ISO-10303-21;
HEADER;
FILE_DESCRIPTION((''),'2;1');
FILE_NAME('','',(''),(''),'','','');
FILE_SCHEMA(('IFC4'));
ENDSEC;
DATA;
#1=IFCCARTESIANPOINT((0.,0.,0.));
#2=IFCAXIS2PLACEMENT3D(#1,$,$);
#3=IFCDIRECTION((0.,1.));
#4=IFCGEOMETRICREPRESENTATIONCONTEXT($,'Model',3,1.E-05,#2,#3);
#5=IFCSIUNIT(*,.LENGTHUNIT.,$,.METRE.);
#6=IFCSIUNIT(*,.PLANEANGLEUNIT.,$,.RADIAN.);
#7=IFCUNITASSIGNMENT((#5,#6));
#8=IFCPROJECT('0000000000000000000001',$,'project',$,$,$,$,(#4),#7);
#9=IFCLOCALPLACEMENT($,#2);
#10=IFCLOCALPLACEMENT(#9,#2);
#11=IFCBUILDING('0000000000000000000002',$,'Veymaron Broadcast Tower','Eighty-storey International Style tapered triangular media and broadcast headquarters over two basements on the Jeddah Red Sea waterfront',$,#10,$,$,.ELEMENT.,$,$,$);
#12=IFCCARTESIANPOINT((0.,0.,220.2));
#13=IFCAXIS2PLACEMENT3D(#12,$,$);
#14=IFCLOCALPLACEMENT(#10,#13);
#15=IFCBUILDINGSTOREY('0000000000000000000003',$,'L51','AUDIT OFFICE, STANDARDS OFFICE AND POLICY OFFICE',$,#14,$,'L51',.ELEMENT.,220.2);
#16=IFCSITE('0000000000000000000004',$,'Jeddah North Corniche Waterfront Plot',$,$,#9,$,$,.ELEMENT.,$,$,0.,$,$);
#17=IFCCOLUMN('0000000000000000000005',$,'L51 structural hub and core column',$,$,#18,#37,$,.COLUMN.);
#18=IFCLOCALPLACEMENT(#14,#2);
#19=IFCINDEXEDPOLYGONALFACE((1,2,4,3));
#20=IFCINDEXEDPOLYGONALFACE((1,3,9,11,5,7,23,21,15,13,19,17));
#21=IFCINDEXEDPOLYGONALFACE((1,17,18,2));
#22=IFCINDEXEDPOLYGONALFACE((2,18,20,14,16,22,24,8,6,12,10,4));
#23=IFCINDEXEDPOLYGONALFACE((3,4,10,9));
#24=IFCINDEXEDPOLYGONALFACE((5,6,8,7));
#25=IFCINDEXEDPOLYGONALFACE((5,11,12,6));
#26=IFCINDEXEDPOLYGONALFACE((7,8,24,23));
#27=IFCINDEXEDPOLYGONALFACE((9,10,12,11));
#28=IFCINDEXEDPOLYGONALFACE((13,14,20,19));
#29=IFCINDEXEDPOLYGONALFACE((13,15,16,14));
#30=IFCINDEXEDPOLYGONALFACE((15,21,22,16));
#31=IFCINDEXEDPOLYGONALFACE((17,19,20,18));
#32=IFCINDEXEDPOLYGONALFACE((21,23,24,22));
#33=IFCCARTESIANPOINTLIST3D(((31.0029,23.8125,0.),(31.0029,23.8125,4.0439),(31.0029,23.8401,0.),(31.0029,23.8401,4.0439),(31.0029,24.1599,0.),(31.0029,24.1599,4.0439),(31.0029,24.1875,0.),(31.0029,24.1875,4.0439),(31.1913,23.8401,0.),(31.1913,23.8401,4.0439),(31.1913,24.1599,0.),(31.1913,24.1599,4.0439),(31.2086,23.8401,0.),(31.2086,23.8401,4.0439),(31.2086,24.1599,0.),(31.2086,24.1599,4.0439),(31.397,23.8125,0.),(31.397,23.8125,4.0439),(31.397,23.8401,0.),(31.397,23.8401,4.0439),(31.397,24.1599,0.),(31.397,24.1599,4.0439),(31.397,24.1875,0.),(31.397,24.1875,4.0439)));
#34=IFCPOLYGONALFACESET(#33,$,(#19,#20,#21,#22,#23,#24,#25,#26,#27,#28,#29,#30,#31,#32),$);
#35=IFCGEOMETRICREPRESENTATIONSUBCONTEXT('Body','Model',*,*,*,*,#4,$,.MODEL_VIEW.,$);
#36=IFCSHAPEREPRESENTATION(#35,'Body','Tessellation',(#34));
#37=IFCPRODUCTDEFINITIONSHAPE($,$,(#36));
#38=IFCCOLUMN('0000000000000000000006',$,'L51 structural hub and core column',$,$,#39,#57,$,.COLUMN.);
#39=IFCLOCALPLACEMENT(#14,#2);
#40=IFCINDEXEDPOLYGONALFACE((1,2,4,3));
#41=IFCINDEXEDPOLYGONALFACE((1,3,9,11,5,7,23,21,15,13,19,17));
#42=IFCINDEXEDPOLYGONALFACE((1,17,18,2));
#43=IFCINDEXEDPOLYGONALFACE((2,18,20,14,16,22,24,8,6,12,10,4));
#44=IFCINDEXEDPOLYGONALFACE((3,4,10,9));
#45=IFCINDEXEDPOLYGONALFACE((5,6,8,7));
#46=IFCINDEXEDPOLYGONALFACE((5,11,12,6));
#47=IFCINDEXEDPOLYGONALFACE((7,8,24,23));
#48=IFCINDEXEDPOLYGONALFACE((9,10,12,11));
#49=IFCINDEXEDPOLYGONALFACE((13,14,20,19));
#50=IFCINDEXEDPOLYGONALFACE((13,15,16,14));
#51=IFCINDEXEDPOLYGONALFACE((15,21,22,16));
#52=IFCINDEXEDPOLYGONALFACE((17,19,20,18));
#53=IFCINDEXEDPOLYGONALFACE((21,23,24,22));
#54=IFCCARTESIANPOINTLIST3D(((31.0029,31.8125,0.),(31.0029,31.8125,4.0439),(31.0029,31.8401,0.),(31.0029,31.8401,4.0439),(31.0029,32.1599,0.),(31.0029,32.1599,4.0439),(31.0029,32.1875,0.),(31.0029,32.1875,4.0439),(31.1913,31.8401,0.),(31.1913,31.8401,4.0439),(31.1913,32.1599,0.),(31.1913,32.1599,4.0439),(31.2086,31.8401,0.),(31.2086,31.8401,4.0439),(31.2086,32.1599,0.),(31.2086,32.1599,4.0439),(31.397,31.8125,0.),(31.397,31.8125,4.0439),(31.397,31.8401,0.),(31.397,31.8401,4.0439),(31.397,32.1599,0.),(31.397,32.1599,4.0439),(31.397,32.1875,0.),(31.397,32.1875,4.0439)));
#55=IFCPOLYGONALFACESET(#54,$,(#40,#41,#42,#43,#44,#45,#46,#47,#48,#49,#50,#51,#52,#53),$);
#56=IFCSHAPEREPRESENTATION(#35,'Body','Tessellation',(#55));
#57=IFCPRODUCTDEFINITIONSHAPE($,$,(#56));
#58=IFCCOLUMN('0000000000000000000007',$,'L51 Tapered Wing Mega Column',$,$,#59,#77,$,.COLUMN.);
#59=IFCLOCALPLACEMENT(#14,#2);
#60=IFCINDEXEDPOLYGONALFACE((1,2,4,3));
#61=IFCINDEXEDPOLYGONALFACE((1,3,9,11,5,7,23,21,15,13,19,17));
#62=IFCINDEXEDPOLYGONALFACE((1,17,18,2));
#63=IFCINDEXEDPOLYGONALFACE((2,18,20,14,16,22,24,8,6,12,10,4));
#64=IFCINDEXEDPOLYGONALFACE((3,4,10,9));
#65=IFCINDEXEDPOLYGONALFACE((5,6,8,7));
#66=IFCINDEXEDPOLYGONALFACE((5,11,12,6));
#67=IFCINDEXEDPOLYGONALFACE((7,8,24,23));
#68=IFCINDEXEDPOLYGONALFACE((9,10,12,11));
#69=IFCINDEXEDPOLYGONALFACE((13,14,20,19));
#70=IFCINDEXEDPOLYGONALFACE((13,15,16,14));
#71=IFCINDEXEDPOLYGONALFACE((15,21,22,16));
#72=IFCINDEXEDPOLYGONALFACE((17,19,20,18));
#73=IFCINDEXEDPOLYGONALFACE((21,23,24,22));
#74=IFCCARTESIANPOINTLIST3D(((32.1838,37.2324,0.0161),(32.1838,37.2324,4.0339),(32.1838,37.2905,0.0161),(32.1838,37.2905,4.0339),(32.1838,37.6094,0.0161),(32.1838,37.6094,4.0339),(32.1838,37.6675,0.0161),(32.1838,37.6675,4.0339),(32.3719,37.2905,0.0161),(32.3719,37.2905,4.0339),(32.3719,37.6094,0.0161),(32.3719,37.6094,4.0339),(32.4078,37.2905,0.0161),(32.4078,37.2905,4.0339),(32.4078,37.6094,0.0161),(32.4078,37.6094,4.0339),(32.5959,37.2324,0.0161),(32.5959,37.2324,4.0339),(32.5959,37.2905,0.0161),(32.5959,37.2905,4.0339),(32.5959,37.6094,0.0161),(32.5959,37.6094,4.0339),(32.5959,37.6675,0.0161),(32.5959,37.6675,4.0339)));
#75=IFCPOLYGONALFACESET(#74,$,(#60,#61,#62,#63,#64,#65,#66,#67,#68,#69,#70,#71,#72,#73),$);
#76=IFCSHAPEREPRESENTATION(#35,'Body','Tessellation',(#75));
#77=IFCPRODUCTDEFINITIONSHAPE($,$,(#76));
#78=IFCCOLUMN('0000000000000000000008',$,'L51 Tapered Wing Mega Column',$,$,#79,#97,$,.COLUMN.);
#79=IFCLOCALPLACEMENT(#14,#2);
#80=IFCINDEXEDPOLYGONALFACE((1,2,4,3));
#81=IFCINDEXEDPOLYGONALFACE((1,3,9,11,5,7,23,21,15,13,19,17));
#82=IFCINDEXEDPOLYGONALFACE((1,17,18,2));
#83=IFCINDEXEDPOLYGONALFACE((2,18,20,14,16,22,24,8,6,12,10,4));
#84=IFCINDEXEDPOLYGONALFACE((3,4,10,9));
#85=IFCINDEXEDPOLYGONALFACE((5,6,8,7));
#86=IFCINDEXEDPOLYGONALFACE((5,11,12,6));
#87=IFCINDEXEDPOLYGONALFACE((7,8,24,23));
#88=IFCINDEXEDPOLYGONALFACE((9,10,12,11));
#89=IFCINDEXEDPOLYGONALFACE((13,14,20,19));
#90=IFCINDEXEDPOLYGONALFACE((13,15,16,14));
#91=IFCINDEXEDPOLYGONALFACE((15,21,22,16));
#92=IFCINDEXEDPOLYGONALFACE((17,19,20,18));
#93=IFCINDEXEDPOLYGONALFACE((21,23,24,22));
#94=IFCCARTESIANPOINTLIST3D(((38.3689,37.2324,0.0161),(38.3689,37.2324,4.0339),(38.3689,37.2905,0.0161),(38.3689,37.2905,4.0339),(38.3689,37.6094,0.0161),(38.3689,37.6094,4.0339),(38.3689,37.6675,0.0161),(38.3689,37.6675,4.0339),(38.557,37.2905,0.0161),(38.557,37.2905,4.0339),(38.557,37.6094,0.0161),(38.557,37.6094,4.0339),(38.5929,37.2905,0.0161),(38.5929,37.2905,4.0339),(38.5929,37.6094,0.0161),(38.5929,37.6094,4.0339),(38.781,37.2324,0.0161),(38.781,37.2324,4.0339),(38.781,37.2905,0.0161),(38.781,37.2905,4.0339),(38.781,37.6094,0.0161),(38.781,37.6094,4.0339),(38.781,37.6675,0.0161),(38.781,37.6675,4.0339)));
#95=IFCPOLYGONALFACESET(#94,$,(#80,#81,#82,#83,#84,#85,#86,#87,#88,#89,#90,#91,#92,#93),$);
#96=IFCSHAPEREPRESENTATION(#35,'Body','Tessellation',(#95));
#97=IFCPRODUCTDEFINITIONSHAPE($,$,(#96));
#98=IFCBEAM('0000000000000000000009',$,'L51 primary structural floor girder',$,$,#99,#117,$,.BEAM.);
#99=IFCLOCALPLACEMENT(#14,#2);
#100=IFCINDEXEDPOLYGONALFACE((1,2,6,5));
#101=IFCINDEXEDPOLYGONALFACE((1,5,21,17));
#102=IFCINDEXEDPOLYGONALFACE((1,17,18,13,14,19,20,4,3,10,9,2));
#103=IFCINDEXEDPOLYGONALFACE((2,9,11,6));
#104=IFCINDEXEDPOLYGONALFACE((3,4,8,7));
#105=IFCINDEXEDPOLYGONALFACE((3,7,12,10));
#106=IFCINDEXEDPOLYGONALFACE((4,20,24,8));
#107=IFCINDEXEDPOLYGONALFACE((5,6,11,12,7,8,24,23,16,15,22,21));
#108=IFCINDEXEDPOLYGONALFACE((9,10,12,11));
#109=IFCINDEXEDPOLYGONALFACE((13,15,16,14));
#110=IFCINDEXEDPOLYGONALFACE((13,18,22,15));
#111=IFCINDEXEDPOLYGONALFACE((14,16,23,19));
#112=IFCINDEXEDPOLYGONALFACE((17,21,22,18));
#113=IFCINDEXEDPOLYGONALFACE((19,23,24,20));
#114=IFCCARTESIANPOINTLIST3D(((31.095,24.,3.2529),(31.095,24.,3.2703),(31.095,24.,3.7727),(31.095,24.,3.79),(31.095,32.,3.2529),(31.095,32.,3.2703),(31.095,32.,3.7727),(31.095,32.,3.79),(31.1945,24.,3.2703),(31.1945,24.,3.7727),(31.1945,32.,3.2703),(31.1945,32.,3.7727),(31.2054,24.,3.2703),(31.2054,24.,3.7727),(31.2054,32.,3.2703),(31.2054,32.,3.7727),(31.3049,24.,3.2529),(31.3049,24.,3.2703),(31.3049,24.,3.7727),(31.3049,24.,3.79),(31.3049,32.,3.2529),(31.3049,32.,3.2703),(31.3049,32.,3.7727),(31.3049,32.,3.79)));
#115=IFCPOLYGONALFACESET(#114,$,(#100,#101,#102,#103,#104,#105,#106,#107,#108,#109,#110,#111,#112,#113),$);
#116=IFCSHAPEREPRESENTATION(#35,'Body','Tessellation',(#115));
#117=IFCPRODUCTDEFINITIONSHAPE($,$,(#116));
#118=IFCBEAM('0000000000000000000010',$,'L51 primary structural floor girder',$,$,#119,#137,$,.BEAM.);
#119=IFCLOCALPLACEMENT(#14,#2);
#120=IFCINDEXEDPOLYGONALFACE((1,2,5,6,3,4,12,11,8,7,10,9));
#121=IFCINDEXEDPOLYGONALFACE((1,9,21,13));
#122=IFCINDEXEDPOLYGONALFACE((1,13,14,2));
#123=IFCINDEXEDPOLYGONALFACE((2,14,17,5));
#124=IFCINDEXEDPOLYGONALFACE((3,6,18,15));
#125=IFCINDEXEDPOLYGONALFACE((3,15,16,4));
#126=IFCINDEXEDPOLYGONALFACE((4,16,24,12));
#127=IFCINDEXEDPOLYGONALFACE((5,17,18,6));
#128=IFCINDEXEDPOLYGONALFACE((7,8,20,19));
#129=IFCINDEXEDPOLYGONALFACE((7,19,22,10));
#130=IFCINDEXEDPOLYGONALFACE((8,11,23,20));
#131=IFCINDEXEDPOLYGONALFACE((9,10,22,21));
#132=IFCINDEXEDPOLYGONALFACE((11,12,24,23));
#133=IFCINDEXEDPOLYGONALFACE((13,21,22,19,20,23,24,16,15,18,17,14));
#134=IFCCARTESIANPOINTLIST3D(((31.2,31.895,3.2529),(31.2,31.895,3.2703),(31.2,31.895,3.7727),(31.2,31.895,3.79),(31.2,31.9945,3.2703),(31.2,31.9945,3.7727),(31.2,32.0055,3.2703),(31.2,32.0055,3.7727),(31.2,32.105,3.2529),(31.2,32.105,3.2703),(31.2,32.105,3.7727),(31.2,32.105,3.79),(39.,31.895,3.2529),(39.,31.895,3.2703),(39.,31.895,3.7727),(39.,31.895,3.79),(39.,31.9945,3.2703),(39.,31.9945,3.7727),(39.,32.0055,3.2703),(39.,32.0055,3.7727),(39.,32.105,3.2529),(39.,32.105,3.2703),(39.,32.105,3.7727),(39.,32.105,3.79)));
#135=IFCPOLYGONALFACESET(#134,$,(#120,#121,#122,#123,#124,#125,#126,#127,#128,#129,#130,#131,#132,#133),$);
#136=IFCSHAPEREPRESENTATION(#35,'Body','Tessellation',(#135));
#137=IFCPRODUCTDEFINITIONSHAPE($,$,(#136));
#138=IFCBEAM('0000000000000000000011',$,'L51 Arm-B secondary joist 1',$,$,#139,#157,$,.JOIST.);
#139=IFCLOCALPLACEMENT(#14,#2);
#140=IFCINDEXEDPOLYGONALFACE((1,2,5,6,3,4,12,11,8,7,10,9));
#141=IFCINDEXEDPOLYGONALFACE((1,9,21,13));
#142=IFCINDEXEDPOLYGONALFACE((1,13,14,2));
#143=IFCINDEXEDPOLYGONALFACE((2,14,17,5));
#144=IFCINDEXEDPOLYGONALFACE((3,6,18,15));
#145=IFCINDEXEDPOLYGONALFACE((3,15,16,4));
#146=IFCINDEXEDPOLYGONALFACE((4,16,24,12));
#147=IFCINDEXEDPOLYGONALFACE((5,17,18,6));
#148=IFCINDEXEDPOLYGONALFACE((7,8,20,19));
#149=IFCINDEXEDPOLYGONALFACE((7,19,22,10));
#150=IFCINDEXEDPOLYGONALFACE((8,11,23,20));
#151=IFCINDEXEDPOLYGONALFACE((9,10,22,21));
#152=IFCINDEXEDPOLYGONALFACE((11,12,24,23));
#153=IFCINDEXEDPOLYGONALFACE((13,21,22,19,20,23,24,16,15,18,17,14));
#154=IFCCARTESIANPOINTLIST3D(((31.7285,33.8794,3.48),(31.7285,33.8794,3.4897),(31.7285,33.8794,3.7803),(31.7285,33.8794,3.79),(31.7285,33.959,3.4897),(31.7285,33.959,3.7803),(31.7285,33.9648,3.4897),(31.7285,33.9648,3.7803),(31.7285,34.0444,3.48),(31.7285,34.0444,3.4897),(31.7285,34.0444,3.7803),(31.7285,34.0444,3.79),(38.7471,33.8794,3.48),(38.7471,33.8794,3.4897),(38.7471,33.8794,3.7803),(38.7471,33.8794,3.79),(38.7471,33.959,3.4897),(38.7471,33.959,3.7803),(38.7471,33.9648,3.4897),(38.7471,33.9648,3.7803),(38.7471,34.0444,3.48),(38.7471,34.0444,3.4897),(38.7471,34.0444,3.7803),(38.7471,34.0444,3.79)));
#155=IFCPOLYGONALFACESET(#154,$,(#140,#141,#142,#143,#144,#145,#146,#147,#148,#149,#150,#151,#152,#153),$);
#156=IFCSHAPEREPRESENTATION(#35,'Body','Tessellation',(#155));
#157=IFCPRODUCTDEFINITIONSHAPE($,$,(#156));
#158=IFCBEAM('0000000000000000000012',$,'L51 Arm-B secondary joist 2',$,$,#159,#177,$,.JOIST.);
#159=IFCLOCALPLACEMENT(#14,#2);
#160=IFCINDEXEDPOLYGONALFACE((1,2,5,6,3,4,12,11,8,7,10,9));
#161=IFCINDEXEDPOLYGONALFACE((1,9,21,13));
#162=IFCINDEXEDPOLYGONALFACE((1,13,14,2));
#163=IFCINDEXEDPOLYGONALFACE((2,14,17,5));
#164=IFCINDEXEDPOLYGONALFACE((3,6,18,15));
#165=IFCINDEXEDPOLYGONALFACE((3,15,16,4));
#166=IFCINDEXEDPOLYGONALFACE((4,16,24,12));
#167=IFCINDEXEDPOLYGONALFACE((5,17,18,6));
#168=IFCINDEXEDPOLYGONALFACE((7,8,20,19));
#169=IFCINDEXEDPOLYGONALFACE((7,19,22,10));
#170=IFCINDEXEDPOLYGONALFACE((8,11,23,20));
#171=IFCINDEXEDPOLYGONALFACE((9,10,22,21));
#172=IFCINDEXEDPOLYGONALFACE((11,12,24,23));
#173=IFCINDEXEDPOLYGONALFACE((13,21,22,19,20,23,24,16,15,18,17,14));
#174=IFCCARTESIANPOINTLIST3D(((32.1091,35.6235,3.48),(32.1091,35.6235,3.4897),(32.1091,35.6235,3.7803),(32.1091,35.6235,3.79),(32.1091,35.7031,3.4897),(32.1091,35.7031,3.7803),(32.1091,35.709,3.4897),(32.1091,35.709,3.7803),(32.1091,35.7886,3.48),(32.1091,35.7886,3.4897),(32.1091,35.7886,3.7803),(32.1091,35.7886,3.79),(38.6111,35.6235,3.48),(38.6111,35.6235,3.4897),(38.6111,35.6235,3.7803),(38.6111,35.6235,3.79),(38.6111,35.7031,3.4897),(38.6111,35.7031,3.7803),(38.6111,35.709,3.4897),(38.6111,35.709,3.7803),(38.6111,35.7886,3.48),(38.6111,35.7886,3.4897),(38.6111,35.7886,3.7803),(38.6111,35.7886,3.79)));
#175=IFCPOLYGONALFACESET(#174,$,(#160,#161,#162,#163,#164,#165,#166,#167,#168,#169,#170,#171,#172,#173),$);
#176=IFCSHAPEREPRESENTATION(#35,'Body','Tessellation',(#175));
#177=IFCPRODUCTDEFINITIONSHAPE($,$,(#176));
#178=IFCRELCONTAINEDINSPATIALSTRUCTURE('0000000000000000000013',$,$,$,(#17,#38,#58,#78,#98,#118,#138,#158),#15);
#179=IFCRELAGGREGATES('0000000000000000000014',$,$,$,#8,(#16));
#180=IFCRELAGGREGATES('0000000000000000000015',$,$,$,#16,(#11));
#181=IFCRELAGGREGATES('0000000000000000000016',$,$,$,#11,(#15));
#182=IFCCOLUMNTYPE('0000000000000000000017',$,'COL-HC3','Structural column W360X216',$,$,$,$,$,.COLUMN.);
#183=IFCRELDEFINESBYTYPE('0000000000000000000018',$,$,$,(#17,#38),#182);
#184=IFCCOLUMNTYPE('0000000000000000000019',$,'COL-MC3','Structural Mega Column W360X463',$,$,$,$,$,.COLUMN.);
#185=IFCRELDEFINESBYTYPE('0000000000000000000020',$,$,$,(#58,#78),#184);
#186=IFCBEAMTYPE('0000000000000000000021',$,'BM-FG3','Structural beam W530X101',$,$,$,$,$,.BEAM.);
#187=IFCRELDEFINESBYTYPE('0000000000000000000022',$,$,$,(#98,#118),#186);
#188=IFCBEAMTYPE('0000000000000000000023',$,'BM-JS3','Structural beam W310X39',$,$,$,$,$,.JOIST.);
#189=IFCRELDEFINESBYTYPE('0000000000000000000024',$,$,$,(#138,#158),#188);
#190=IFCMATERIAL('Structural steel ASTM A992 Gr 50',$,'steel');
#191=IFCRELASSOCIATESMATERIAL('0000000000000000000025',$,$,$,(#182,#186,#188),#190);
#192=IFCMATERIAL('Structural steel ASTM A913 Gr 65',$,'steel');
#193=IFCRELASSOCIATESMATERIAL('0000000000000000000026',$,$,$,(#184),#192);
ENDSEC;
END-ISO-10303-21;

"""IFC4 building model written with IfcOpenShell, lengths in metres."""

from ifc_helpers import new_model, si_unit, direction, frame, origin, origin_2d, place, context, subcontext, project, spatial, i_section, extrude, material, material_profile, profile_set, type_object, element, save


model = new_model("IFC4")

# Units and contexts
model_context = context("Model", 3, precision=1e-05, world=origin(), true_north=direction((0.0, 1.0)))
body_context = subcontext(model_context, "Body", "Model", "MODEL_VIEW")
ifc_project = project(units=[si_unit("LENGTHUNIT", "METRE"), si_unit("PLANEANGLEUNIT", "RADIAN")], contexts=[model_context])

# Site, building, storey
site_placement = place(None, origin())
site = spatial("IfcSite", under=ifc_project, at=site_placement, Name="Jeddah North Corniche Waterfront Plot", CompositionType="ELEMENT", RefElevation=0.0)
building_placement = place(site_placement, origin())
building = spatial("IfcBuilding", under=site, at=building_placement, Name="Veymaron Broadcast Tower", Description="Eighty-storey International Style tapered triangular media and broadcast headquarters over two basements on the Jeddah Red Sea waterfront", CompositionType="ELEMENT")
storey_placement = place(building_placement, frame((0.0, 0.0, 220.2)))
storey = spatial("IfcBuildingStorey", under=building, at=storey_placement, Name="L51", Description="AUDIT OFFICE, STANDARDS OFFICE AND POLICY OFFICE", LongName="L51", CompositionType="ELEMENT", Elevation=220.2)

# Columns
ifc_material_1 = material(Name="Structural steel ASTM A992 Gr 50", Category="steel")
ifc_material_profile_1 = material_profile(ifc_material_1, i_section(OverallWidth=0.394, OverallDepth=0.375, WebThickness=0.0173, FlangeThickness=0.0276, at=origin_2d()), Name="W360X216")
ifc_profile_set_1 = profile_set([ifc_material_profile_1], Name="Structural steel ASTM A992 Gr 50")
column_type_1 = type_object("IfcColumnType", Name="COL-HC3", Description="Structural column W360X216", PredefinedType="COLUMN", material=ifc_profile_set_1)
for number, where, z_axis, x_axis, name in (
    (1, (31.2, 24.0, 0.0), (0.0, 0.0, 1.0), (1.0, 0.0, 0.0), "L51 structural hub and core column"),
    (2, (31.2, 32.0, 0.0), (0.0, 0.0, 1.0), (1.0, 0.0, 0.0), "L51 structural hub and core column"),
):
    element("IfcColumn", number, at=place(storey_placement, frame(where, z_axis=z_axis, x_axis=x_axis)), inside=storey, type_object=column_type_1, Name=name, PredefinedType="COLUMN", context=body_context, shape_type="SweptSolid", body=[
        extrude(i_section(OverallWidth=0.394, OverallDepth=0.375, WebThickness=0.0173, FlangeThickness=0.0276, at=origin_2d()), origin(), (0.0, 0.0, 1.0), 4.0439),
    ])
ifc_material_2 = material(Name="Structural steel ASTM A913 Gr 65", Category="steel")
ifc_material_profile_2 = material_profile(ifc_material_2, i_section(OverallWidth=0.4121, OverallDepth=0.4351, WebThickness=0.0359, FlangeThickness=0.0581, at=origin_2d()), Name="W360X463")
ifc_profile_set_2 = profile_set([ifc_material_profile_2], Name="Structural steel ASTM A913 Gr 65")
column_type_2 = type_object("IfcColumnType", Name="COL-MC3", Description="Structural Mega Column W360X463", PredefinedType="COLUMN", material=ifc_profile_set_2)
for number, where, z_axis, x_axis, name in (
    (3, (32.3899, 37.45, 0.0161), (0.0, 0.0, 1.0), (1.0, 0.0, 0.0), "L51 Tapered Wing Mega Column"),
    (4, (38.575, 37.45, 0.0161), (0.0, 0.0, 1.0), (1.0, 0.0, 0.0), "L51 Tapered Wing Mega Column"),
):
    element("IfcColumn", number, at=place(storey_placement, frame(where, z_axis=z_axis, x_axis=x_axis)), inside=storey, type_object=column_type_2, Name=name, PredefinedType="COLUMN", context=body_context, shape_type="SweptSolid", body=[
        extrude(i_section(OverallWidth=0.4121, OverallDepth=0.4351, WebThickness=0.0359, FlangeThickness=0.0581, at=origin_2d()), origin(), (0.0, 0.0, 1.0), 4.0178),
    ])

# Beams
ifc_material_profile_3 = material_profile(ifc_material_1, i_section(OverallWidth=0.21, OverallDepth=0.5371, WebThickness=0.011, FlangeThickness=0.0173, at=origin_2d()), Name="W530X101")
ifc_profile_set_3 = profile_set([ifc_material_profile_3], Name="Structural steel ASTM A992 Gr 50")
beam_type_1 = type_object("IfcBeamType", Name="BM-FG3", Description="Structural beam W530X101", PredefinedType="BEAM", material=ifc_profile_set_3)
beam_1_placement = place(storey_placement, frame((31.2, 24.0, 3.5215), z_axis=(0.0, 1.0, 0.0), x_axis=(-1.0, 0.0, 0.0)))
element("IfcBeam", 5, at=beam_1_placement, inside=storey, type_object=beam_type_1, Name="L51 primary structural floor girder", PredefinedType="BEAM", context=body_context, shape_type="SweptSolid", body=[
    extrude(i_section(OverallWidth=0.21, OverallDepth=0.5371, WebThickness=0.011, FlangeThickness=0.0173, at=origin_2d()), origin(), (0.0, 0.0, 1.0), 8.0),
])
beam_2_placement = place(storey_placement, frame((31.2, 32.0, 3.5215), z_axis=(1.0, 0.0, 0.0), x_axis=(0.0, 1.0, 0.0)))
element("IfcBeam", 6, at=beam_2_placement, inside=storey, type_object=beam_type_1, Name="L51 primary structural floor girder", PredefinedType="BEAM", context=body_context, shape_type="SweptSolid", body=[
    extrude(i_section(OverallWidth=0.21, OverallDepth=0.5371, WebThickness=0.011, FlangeThickness=0.0173, at=origin_2d()), origin(), (0.0, 0.0, 1.0), 7.8),
])
ifc_material_profile_4 = material_profile(ifc_material_1, i_section(OverallWidth=0.165, OverallDepth=0.3101, WebThickness=0.0059, FlangeThickness=0.0098, at=origin_2d()), Name="W310X39")
ifc_profile_set_4 = profile_set([ifc_material_profile_4], Name="Structural steel ASTM A992 Gr 50")
beam_type_2 = type_object("IfcBeamType", Name="BM-JS3", Description="Structural beam W310X39", PredefinedType="JOIST", material=ifc_profile_set_4)
beam_3_placement = place(storey_placement, frame((31.7285, 33.9619, 3.635), z_axis=(1.0, 0.0, 0.0), x_axis=(0.0, 1.0, 0.0)))
element("IfcBeam", 7, at=beam_3_placement, inside=storey, type_object=beam_type_2, Name="L51 Arm-B secondary joist 1", PredefinedType="JOIST", context=body_context, shape_type="SweptSolid", body=[
    extrude(i_section(OverallWidth=0.165, OverallDepth=0.3101, WebThickness=0.0059, FlangeThickness=0.0098, at=origin_2d()), origin(), (0.0, 0.0, 1.0), 7.0186),
])
beam_4_placement = place(storey_placement, frame((32.1091, 35.7061, 3.635), z_axis=(1.0, 0.0, 0.0), x_axis=(0.0, 1.0, 0.0)))
element("IfcBeam", 8, at=beam_4_placement, inside=storey, type_object=beam_type_2, Name="L51 Arm-B secondary joist 2", PredefinedType="JOIST", context=body_context, shape_type="SweptSolid", body=[
    extrude(i_section(OverallWidth=0.165, OverallDepth=0.3101, WebThickness=0.0059, FlangeThickness=0.0098, at=origin_2d()), origin(), (0.0, 0.0, 1.0), 6.502),
])

save(model, "model.ifc")
